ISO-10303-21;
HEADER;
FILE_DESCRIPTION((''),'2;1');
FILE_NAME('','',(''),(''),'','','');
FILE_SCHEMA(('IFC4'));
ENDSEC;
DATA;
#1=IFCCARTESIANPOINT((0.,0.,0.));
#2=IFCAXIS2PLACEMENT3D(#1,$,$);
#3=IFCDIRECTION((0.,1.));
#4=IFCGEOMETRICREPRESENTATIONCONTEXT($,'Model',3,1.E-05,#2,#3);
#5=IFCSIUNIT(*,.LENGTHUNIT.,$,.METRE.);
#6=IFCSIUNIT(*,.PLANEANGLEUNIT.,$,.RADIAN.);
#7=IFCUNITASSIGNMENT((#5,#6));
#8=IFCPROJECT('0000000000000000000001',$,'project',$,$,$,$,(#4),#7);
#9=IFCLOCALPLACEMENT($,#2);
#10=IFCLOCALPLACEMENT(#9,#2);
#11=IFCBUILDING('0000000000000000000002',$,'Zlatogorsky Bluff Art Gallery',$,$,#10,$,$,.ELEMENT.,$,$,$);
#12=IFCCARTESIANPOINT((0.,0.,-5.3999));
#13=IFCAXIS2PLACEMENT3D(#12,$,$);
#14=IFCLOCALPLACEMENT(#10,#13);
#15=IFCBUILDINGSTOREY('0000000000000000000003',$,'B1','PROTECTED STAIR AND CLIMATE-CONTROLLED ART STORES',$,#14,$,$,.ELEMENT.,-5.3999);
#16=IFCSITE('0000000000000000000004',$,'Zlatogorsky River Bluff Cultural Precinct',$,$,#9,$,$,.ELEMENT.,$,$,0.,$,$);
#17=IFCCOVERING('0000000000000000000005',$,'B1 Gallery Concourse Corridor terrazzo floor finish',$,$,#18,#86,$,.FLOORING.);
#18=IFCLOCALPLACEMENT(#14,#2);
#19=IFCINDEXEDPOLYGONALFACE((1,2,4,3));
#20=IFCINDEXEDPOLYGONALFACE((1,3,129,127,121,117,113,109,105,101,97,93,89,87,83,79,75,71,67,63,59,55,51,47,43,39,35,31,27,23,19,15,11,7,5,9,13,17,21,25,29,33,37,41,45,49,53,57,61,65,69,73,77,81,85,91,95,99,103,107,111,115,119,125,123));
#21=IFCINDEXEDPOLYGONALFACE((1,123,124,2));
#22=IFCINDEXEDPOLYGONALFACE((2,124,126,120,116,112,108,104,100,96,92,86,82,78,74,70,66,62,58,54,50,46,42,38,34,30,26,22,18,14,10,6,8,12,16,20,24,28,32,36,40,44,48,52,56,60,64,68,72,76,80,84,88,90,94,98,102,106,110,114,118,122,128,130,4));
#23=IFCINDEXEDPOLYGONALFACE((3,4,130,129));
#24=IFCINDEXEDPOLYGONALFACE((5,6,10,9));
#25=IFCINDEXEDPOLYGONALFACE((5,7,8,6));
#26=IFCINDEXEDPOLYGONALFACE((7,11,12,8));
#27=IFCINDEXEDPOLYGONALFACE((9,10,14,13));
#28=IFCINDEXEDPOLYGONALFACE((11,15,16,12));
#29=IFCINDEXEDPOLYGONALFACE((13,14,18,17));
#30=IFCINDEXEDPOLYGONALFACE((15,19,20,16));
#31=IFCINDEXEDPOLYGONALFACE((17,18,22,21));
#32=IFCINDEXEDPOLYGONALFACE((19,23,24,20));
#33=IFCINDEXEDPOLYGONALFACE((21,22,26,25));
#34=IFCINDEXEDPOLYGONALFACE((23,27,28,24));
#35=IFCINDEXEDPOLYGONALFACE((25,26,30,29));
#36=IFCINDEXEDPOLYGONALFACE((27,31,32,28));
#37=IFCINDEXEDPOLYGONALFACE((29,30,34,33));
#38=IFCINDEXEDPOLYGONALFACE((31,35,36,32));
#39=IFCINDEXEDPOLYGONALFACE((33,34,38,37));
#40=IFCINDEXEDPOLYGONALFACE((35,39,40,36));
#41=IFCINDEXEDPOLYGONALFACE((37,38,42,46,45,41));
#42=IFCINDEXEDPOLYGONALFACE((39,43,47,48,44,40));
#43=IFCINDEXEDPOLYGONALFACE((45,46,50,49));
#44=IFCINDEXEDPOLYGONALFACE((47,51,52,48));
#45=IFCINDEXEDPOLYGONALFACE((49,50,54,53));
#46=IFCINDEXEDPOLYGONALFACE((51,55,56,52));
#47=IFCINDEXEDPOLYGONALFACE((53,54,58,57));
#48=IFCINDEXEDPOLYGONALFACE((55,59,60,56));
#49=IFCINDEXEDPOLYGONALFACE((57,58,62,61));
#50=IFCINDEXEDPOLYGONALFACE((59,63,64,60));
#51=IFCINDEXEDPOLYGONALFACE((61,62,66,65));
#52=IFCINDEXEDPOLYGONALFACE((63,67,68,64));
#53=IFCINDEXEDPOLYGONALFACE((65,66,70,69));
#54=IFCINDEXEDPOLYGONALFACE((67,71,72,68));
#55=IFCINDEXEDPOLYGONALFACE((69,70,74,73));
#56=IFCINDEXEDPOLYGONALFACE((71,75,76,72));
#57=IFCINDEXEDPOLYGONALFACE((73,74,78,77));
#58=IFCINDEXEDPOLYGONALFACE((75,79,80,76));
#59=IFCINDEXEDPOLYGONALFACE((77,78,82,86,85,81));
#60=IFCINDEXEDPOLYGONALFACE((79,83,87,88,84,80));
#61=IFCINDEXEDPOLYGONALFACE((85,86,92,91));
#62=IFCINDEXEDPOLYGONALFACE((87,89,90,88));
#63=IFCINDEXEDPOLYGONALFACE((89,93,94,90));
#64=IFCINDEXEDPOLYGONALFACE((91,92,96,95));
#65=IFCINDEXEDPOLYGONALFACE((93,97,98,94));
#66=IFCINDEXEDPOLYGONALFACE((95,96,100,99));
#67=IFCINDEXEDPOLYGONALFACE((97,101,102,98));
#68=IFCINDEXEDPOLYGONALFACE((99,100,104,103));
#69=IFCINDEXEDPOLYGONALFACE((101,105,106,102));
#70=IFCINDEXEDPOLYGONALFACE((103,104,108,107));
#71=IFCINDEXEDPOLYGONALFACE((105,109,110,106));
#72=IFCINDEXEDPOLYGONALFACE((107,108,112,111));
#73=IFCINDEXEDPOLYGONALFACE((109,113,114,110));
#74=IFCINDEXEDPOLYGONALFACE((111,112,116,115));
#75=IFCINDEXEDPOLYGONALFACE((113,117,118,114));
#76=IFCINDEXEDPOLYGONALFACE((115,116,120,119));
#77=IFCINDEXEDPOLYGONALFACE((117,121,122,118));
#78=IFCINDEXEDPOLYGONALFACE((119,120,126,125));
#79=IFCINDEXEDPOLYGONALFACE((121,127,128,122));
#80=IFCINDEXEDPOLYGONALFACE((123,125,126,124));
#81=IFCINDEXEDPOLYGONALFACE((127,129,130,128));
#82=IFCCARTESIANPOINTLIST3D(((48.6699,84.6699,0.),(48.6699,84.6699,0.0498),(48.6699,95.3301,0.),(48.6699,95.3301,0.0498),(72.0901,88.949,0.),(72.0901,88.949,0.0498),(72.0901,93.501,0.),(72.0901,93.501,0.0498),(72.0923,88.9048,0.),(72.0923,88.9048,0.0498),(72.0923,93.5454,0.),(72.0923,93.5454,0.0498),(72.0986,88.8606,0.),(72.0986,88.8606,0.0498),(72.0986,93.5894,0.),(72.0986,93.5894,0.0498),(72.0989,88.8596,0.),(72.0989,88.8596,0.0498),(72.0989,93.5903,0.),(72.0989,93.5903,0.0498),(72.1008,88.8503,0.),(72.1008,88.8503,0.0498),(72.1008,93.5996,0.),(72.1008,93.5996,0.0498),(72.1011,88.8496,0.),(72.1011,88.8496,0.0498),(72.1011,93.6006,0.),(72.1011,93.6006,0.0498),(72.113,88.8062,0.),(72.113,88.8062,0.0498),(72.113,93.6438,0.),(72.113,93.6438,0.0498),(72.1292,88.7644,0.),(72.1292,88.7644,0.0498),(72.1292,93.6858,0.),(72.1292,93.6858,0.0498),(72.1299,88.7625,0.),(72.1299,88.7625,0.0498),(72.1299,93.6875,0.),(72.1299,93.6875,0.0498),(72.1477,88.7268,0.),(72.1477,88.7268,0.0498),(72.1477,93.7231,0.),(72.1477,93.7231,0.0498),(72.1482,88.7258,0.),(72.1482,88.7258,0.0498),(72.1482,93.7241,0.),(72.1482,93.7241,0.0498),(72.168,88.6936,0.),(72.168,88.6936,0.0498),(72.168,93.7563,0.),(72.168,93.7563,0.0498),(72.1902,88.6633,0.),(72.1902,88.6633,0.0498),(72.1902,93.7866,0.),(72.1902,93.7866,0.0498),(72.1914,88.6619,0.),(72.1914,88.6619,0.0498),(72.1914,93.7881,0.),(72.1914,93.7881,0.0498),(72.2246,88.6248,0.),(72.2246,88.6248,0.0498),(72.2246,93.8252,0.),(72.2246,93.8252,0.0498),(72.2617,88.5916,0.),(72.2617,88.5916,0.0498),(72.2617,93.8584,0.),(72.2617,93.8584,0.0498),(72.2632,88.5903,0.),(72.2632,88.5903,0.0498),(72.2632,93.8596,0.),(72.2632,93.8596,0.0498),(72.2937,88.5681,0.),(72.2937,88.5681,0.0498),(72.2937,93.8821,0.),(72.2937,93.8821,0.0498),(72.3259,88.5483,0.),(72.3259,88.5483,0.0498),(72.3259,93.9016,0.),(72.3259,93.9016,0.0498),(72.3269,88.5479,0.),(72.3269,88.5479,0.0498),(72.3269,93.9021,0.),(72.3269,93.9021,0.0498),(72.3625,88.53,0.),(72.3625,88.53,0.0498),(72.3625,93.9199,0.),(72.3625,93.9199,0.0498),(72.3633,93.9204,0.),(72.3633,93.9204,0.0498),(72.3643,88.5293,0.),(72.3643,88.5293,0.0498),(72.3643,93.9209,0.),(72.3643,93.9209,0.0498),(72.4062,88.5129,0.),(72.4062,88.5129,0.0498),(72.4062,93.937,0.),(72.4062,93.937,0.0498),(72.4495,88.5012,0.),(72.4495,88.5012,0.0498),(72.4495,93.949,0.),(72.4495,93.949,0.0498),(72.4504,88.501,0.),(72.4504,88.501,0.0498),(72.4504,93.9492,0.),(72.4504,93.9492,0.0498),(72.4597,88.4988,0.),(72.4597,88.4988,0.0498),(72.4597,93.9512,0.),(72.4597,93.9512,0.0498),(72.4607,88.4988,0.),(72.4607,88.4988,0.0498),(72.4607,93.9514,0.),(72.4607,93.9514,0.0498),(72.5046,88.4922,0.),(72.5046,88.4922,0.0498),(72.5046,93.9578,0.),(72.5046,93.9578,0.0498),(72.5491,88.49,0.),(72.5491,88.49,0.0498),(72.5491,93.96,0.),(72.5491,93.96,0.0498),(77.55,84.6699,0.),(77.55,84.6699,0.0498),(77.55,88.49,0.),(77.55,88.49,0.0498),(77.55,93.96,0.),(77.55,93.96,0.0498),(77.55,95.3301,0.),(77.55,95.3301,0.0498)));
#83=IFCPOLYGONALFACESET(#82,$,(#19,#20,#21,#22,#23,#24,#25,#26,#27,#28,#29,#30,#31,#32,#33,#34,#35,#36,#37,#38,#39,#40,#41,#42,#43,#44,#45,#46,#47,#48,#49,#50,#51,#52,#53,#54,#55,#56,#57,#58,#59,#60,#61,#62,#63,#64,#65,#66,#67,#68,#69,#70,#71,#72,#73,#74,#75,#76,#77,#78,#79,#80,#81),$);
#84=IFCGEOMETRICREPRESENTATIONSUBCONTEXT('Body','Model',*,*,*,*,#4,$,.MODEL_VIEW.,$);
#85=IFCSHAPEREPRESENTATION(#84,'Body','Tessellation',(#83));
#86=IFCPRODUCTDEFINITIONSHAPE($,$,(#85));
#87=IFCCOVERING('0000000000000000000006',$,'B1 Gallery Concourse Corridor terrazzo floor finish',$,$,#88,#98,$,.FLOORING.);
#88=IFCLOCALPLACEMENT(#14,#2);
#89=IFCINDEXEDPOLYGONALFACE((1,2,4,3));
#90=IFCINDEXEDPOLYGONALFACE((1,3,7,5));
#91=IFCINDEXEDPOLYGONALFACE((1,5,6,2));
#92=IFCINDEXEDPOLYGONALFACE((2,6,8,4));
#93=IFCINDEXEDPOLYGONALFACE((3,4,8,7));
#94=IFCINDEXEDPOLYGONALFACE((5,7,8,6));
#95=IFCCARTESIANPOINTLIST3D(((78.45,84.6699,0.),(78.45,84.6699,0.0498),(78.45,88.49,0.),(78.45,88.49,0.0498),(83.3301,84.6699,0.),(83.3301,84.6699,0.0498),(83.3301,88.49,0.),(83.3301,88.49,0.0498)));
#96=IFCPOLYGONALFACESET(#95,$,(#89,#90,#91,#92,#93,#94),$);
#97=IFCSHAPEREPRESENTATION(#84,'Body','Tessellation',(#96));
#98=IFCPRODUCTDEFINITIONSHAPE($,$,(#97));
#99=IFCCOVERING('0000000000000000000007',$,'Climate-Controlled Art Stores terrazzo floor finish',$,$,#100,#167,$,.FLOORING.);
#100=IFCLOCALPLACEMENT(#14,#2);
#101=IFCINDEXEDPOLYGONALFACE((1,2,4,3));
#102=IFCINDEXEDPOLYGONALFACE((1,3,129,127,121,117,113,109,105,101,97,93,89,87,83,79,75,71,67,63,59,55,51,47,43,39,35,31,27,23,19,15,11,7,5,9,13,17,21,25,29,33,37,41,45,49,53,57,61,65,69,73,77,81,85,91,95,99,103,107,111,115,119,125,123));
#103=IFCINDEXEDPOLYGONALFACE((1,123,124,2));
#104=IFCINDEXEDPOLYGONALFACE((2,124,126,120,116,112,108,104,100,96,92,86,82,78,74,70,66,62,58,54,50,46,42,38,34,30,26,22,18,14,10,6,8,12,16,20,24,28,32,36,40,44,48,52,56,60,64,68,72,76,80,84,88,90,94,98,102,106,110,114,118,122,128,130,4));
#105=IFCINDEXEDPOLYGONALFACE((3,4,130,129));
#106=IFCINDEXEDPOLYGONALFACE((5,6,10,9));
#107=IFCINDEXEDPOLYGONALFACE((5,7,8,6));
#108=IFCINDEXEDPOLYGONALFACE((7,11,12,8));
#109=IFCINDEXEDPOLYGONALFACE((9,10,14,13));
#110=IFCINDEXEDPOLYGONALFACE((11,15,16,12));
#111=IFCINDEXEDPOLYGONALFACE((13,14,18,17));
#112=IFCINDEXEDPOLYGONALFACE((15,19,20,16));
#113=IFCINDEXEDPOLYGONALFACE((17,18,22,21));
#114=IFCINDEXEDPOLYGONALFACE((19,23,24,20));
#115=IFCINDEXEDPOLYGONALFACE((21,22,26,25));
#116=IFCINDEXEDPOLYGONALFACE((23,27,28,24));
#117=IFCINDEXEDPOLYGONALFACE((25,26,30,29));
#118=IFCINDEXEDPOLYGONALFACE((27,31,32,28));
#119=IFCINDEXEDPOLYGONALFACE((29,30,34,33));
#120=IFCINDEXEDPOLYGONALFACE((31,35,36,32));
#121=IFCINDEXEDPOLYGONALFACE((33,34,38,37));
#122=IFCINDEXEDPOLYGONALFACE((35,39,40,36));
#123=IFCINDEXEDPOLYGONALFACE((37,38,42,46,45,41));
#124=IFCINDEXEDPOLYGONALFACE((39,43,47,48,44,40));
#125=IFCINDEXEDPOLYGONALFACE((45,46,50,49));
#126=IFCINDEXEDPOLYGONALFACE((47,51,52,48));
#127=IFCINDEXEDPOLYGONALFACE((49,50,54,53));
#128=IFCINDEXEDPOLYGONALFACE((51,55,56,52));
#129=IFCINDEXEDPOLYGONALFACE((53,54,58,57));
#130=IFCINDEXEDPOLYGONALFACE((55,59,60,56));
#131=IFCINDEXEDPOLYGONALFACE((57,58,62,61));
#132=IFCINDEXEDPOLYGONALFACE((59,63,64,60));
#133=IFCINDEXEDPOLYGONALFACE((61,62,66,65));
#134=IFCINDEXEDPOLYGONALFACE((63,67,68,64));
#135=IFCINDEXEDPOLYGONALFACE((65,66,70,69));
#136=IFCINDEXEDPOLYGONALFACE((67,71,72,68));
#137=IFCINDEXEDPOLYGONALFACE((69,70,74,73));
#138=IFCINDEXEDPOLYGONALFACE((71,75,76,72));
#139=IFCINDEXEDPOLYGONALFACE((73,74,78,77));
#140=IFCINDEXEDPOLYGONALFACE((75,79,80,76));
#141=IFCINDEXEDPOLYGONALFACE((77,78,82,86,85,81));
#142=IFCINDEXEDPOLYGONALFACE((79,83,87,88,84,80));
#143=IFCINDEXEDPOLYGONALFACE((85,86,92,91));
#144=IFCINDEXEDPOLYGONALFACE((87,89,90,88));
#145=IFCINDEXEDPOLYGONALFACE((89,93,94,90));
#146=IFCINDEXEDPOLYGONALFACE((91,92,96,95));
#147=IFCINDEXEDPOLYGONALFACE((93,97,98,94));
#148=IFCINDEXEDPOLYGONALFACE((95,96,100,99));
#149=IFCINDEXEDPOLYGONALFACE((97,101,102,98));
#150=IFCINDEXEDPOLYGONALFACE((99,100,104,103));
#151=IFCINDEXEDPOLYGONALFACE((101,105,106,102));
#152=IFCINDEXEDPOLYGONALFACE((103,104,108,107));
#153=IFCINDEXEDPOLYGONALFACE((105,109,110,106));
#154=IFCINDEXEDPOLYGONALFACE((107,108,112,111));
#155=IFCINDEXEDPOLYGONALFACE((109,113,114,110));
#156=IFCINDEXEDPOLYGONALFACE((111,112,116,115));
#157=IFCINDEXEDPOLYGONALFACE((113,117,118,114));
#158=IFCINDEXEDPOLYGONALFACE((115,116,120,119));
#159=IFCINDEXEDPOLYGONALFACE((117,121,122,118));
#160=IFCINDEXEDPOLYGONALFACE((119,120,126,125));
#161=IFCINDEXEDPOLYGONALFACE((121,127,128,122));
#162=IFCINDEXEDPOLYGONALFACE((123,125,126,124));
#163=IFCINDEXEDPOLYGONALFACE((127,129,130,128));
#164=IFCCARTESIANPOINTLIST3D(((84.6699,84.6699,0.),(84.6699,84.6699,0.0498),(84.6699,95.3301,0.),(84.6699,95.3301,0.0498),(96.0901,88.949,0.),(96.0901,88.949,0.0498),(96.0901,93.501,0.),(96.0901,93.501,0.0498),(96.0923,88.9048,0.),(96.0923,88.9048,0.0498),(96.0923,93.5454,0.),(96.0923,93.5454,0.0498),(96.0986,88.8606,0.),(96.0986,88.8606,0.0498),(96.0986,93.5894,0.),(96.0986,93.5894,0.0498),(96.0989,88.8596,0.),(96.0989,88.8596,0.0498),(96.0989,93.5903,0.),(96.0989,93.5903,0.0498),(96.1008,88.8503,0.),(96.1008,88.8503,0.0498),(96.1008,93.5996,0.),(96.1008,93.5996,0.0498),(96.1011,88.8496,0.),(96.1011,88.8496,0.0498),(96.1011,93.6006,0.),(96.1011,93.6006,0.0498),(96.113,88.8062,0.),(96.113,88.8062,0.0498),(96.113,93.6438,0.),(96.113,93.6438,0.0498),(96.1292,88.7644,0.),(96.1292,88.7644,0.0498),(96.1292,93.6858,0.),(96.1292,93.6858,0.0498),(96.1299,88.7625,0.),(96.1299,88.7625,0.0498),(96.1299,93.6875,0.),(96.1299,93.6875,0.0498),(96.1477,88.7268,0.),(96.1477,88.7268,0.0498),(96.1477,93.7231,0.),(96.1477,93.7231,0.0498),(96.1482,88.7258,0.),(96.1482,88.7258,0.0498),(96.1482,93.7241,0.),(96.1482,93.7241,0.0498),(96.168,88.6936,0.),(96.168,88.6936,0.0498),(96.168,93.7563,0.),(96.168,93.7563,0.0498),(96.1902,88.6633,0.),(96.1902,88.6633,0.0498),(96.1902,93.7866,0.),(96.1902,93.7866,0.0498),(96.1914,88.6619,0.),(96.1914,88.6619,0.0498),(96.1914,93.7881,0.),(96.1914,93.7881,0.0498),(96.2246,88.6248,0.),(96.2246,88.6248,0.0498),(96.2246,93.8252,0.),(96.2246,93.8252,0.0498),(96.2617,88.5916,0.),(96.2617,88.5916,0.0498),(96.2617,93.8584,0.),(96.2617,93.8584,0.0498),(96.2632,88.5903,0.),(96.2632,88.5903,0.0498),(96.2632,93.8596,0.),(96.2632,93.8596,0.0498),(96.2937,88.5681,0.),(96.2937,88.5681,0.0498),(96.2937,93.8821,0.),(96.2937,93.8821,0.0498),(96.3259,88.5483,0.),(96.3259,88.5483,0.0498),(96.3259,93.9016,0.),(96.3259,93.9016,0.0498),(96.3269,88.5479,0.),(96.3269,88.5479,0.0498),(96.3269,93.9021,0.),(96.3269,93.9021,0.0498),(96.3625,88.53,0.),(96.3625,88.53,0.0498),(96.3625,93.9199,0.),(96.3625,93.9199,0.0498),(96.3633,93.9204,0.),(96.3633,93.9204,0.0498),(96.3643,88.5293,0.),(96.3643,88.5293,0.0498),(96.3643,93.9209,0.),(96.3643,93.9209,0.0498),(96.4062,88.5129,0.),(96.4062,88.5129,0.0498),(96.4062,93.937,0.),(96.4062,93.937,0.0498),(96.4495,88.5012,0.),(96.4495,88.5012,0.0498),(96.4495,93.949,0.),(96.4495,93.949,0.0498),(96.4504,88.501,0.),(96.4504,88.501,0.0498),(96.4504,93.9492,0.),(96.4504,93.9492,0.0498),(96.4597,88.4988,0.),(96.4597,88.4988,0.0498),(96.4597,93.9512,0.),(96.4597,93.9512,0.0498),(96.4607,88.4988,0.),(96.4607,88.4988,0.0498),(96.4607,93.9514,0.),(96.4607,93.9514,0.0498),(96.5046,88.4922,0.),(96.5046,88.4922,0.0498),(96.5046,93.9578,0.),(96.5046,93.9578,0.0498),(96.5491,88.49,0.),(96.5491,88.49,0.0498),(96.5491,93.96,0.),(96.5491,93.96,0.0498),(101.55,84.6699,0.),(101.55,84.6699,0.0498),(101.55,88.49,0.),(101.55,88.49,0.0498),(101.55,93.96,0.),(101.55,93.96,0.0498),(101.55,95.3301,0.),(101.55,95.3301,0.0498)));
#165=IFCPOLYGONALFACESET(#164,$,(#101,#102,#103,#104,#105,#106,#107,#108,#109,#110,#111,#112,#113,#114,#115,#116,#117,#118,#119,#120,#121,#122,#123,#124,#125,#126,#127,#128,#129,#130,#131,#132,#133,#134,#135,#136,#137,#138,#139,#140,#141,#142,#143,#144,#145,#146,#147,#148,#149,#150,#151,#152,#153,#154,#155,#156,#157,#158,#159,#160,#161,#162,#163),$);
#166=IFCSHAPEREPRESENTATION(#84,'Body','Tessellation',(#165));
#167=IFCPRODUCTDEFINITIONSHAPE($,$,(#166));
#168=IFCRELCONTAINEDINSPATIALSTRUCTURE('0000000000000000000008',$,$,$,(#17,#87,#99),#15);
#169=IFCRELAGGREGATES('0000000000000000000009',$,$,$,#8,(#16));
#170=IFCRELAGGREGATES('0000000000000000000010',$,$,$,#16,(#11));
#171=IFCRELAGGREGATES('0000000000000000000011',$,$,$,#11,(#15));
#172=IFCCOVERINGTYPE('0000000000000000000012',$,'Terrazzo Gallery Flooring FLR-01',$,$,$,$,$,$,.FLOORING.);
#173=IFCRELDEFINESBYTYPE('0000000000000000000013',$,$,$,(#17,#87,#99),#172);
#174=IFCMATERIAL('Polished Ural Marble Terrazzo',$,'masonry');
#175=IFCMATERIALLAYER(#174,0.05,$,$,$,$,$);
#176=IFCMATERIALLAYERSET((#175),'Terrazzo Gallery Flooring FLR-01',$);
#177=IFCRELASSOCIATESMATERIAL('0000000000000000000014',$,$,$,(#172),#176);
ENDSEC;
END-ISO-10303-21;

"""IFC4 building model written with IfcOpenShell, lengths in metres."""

from ifc_helpers import new_model, si_unit, direction, frame, origin, place, context, subcontext, project, spatial, polyline, outline, extrude, material, layer, layer_set, type_object, element, save


model = new_model("IFC4")

# Units and contexts
model_context = context("Model", 3, precision=1e-05, world=origin(), true_north=direction((0.0, 1.0)))
body_context = subcontext(model_context, "Body", "Model", "MODEL_VIEW")
ifc_project = project(units=[si_unit("LENGTHUNIT", "METRE"), si_unit("PLANEANGLEUNIT", "RADIAN")], contexts=[model_context])

# Site, building, storey
site_placement = place(None, origin())
site = spatial("IfcSite", under=ifc_project, at=site_placement, Name="Zlatogorsky River Bluff Cultural Precinct", CompositionType="ELEMENT", RefElevation=0.0)
building_placement = place(site_placement, origin())
building = spatial("IfcBuilding", under=site, at=building_placement, Name="Zlatogorsky Bluff Art Gallery", CompositionType="ELEMENT")
storey_placement = place(building_placement, frame((0.0, 0.0, -5.3999)))
storey = spatial("IfcBuildingStorey", under=building, at=storey_placement, Name="B1", Description="PROTECTED STAIR AND CLIMATE-CONTROLLED ART STORES", CompositionType="ELEMENT", Elevation=-5.3999)

# Coverings
ifc_material_1 = material(Name="Polished Ural Marble Terrazzo", Category="masonry")
ifc_layer_1 = layer(ifc_material_1, 0.05)
ifc_layer_set_1 = layer_set([ifc_layer_1], Name="Terrazzo Gallery Flooring FLR-01")
covering_type_1 = type_object("IfcCoveringType", Name="Terrazzo Gallery Flooring FLR-01", PredefinedType="FLOORING", material=ifc_layer_set_1)
covering_1_placement = place(storey_placement, origin())
element("IfcCovering", 1, at=covering_1_placement, inside=storey, type_object=covering_type_1, Name="B1 Gallery Concourse Corridor terrazzo floor finish", PredefinedType="FLOORING", context=body_context, shape_type="SweptSolid", body=[
    extrude(outline(polyline([(77.55, 93.96), (72.5491, 93.96), (72.5046, 93.9578), (72.4607, 93.9514), (72.4597, 93.9512), (72.4504, 93.9492), (72.4495, 93.949), (72.4062, 93.937), (72.3643, 93.9209), (72.3633, 93.9204), (72.3625, 93.9199), (72.3269, 93.9021), (72.3259, 93.9016), (72.2937, 93.8821), (72.2632, 93.8596), (72.2617, 93.8584), (72.2246, 93.8252), (72.1914, 93.7881), (72.1902, 93.7866), (72.168, 93.7563), (72.1482, 93.7241), (72.1477, 93.7231), (72.1299, 93.6875), (72.1292, 93.6858), (72.113, 93.6438), (72.1011, 93.6006), (72.1008, 93.5996), (72.0989, 93.5903), (72.0986, 93.5894), (72.0923, 93.5454), (72.0901, 93.501), (72.0901, 88.949), (72.0923, 88.9048), (72.0986, 88.8606), (72.0989, 88.8596), (72.1008, 88.8503), (72.1011, 88.8496), (72.113, 88.8062), (72.1292, 88.7644), (72.1299, 88.7625), (72.1477, 88.7268), (72.1482, 88.7258), (72.168, 88.6936), (72.1902, 88.6633), (72.1914, 88.6619), (72.2246, 88.6248), (72.2617, 88.5916), (72.2632, 88.5903), (72.2937, 88.5681), (72.3259, 88.5483), (72.3269, 88.5479), (72.3625, 88.53), (72.3643, 88.5293), (72.4062, 88.5129), (72.4495, 88.5012), (72.4504, 88.501), (72.4597, 88.4988), (72.4607, 88.4988), (72.5046, 88.4922), (72.5491, 88.49), (77.55, 88.49), (77.55, 84.6699), (48.6699, 84.6699), (48.6699, 95.3301), (77.55, 95.3301), (77.55, 93.96)])), origin(), (0.0, 0.0, 1.0), 0.0498),
])
covering_2_placement = place(storey_placement, origin())
element("IfcCovering", 2, at=covering_2_placement, inside=storey, type_object=covering_type_1, Name="B1 Gallery Concourse Corridor terrazzo floor finish", PredefinedType="FLOORING", context=body_context, shape_type="SweptSolid", body=[
    extrude(outline(polyline([(83.3301, 84.6699), (78.45, 84.6699), (78.45, 88.49), (83.3301, 88.49), (83.3301, 84.6699)])), origin(), (0.0, 0.0, 1.0), 0.0498),
])
covering_3_placement = place(storey_placement, origin())
element("IfcCovering", 3, at=covering_3_placement, inside=storey, type_object=covering_type_1, Name="Climate-Controlled Art Stores terrazzo floor finish", PredefinedType="FLOORING", context=body_context, shape_type="SweptSolid", body=[
    extrude(outline(polyline([(84.6699, 95.3301), (101.55, 95.3301), (101.55, 93.96), (96.5491, 93.96), (96.5046, 93.9578), (96.4607, 93.9514), (96.4597, 93.9512), (96.4504, 93.9492), (96.4495, 93.949), (96.4062, 93.937), (96.3643, 93.9209), (96.3633, 93.9204), (96.3625, 93.9199), (96.3269, 93.9021), (96.3259, 93.9016), (96.2937, 93.8821), (96.2632, 93.8596), (96.2617, 93.8584), (96.2246, 93.8252), (96.1914, 93.7881), (96.1902, 93.7866), (96.168, 93.7563), (96.1482, 93.7241), (96.1477, 93.7231), (96.1299, 93.6875), (96.1292, 93.6858), (96.113, 93.6438), (96.1011, 93.6006), (96.1008, 93.5996), (96.0989, 93.5903), (96.0986, 93.5894), (96.0923, 93.5454), (96.0901, 93.501), (96.0901, 88.949), (96.0923, 88.9048), (96.0986, 88.8606), (96.0989, 88.8596), (96.1008, 88.8503), (96.1011, 88.8496), (96.113, 88.8062), (96.1292, 88.7644), (96.1299, 88.7625), (96.1477, 88.7268), (96.1482, 88.7258), (96.168, 88.6936), (96.1902, 88.6633), (96.1914, 88.6619), (96.2246, 88.6248), (96.2617, 88.5916), (96.2632, 88.5903), (96.2937, 88.5681), (96.3259, 88.5483), (96.3269, 88.5479), (96.3625, 88.53), (96.3643, 88.5293), (96.4062, 88.5129), (96.4495, 88.5012), (96.4504, 88.501), (96.4597, 88.4988), (96.4607, 88.4988), (96.5046, 88.4922), (96.5491, 88.49), (101.55, 88.49), (101.55, 84.6699), (84.6699, 84.6699), (84.6699, 95.3301)])), origin(), (0.0, 0.0, 1.0), 0.0498),
])

save(model, "model.ifc")
